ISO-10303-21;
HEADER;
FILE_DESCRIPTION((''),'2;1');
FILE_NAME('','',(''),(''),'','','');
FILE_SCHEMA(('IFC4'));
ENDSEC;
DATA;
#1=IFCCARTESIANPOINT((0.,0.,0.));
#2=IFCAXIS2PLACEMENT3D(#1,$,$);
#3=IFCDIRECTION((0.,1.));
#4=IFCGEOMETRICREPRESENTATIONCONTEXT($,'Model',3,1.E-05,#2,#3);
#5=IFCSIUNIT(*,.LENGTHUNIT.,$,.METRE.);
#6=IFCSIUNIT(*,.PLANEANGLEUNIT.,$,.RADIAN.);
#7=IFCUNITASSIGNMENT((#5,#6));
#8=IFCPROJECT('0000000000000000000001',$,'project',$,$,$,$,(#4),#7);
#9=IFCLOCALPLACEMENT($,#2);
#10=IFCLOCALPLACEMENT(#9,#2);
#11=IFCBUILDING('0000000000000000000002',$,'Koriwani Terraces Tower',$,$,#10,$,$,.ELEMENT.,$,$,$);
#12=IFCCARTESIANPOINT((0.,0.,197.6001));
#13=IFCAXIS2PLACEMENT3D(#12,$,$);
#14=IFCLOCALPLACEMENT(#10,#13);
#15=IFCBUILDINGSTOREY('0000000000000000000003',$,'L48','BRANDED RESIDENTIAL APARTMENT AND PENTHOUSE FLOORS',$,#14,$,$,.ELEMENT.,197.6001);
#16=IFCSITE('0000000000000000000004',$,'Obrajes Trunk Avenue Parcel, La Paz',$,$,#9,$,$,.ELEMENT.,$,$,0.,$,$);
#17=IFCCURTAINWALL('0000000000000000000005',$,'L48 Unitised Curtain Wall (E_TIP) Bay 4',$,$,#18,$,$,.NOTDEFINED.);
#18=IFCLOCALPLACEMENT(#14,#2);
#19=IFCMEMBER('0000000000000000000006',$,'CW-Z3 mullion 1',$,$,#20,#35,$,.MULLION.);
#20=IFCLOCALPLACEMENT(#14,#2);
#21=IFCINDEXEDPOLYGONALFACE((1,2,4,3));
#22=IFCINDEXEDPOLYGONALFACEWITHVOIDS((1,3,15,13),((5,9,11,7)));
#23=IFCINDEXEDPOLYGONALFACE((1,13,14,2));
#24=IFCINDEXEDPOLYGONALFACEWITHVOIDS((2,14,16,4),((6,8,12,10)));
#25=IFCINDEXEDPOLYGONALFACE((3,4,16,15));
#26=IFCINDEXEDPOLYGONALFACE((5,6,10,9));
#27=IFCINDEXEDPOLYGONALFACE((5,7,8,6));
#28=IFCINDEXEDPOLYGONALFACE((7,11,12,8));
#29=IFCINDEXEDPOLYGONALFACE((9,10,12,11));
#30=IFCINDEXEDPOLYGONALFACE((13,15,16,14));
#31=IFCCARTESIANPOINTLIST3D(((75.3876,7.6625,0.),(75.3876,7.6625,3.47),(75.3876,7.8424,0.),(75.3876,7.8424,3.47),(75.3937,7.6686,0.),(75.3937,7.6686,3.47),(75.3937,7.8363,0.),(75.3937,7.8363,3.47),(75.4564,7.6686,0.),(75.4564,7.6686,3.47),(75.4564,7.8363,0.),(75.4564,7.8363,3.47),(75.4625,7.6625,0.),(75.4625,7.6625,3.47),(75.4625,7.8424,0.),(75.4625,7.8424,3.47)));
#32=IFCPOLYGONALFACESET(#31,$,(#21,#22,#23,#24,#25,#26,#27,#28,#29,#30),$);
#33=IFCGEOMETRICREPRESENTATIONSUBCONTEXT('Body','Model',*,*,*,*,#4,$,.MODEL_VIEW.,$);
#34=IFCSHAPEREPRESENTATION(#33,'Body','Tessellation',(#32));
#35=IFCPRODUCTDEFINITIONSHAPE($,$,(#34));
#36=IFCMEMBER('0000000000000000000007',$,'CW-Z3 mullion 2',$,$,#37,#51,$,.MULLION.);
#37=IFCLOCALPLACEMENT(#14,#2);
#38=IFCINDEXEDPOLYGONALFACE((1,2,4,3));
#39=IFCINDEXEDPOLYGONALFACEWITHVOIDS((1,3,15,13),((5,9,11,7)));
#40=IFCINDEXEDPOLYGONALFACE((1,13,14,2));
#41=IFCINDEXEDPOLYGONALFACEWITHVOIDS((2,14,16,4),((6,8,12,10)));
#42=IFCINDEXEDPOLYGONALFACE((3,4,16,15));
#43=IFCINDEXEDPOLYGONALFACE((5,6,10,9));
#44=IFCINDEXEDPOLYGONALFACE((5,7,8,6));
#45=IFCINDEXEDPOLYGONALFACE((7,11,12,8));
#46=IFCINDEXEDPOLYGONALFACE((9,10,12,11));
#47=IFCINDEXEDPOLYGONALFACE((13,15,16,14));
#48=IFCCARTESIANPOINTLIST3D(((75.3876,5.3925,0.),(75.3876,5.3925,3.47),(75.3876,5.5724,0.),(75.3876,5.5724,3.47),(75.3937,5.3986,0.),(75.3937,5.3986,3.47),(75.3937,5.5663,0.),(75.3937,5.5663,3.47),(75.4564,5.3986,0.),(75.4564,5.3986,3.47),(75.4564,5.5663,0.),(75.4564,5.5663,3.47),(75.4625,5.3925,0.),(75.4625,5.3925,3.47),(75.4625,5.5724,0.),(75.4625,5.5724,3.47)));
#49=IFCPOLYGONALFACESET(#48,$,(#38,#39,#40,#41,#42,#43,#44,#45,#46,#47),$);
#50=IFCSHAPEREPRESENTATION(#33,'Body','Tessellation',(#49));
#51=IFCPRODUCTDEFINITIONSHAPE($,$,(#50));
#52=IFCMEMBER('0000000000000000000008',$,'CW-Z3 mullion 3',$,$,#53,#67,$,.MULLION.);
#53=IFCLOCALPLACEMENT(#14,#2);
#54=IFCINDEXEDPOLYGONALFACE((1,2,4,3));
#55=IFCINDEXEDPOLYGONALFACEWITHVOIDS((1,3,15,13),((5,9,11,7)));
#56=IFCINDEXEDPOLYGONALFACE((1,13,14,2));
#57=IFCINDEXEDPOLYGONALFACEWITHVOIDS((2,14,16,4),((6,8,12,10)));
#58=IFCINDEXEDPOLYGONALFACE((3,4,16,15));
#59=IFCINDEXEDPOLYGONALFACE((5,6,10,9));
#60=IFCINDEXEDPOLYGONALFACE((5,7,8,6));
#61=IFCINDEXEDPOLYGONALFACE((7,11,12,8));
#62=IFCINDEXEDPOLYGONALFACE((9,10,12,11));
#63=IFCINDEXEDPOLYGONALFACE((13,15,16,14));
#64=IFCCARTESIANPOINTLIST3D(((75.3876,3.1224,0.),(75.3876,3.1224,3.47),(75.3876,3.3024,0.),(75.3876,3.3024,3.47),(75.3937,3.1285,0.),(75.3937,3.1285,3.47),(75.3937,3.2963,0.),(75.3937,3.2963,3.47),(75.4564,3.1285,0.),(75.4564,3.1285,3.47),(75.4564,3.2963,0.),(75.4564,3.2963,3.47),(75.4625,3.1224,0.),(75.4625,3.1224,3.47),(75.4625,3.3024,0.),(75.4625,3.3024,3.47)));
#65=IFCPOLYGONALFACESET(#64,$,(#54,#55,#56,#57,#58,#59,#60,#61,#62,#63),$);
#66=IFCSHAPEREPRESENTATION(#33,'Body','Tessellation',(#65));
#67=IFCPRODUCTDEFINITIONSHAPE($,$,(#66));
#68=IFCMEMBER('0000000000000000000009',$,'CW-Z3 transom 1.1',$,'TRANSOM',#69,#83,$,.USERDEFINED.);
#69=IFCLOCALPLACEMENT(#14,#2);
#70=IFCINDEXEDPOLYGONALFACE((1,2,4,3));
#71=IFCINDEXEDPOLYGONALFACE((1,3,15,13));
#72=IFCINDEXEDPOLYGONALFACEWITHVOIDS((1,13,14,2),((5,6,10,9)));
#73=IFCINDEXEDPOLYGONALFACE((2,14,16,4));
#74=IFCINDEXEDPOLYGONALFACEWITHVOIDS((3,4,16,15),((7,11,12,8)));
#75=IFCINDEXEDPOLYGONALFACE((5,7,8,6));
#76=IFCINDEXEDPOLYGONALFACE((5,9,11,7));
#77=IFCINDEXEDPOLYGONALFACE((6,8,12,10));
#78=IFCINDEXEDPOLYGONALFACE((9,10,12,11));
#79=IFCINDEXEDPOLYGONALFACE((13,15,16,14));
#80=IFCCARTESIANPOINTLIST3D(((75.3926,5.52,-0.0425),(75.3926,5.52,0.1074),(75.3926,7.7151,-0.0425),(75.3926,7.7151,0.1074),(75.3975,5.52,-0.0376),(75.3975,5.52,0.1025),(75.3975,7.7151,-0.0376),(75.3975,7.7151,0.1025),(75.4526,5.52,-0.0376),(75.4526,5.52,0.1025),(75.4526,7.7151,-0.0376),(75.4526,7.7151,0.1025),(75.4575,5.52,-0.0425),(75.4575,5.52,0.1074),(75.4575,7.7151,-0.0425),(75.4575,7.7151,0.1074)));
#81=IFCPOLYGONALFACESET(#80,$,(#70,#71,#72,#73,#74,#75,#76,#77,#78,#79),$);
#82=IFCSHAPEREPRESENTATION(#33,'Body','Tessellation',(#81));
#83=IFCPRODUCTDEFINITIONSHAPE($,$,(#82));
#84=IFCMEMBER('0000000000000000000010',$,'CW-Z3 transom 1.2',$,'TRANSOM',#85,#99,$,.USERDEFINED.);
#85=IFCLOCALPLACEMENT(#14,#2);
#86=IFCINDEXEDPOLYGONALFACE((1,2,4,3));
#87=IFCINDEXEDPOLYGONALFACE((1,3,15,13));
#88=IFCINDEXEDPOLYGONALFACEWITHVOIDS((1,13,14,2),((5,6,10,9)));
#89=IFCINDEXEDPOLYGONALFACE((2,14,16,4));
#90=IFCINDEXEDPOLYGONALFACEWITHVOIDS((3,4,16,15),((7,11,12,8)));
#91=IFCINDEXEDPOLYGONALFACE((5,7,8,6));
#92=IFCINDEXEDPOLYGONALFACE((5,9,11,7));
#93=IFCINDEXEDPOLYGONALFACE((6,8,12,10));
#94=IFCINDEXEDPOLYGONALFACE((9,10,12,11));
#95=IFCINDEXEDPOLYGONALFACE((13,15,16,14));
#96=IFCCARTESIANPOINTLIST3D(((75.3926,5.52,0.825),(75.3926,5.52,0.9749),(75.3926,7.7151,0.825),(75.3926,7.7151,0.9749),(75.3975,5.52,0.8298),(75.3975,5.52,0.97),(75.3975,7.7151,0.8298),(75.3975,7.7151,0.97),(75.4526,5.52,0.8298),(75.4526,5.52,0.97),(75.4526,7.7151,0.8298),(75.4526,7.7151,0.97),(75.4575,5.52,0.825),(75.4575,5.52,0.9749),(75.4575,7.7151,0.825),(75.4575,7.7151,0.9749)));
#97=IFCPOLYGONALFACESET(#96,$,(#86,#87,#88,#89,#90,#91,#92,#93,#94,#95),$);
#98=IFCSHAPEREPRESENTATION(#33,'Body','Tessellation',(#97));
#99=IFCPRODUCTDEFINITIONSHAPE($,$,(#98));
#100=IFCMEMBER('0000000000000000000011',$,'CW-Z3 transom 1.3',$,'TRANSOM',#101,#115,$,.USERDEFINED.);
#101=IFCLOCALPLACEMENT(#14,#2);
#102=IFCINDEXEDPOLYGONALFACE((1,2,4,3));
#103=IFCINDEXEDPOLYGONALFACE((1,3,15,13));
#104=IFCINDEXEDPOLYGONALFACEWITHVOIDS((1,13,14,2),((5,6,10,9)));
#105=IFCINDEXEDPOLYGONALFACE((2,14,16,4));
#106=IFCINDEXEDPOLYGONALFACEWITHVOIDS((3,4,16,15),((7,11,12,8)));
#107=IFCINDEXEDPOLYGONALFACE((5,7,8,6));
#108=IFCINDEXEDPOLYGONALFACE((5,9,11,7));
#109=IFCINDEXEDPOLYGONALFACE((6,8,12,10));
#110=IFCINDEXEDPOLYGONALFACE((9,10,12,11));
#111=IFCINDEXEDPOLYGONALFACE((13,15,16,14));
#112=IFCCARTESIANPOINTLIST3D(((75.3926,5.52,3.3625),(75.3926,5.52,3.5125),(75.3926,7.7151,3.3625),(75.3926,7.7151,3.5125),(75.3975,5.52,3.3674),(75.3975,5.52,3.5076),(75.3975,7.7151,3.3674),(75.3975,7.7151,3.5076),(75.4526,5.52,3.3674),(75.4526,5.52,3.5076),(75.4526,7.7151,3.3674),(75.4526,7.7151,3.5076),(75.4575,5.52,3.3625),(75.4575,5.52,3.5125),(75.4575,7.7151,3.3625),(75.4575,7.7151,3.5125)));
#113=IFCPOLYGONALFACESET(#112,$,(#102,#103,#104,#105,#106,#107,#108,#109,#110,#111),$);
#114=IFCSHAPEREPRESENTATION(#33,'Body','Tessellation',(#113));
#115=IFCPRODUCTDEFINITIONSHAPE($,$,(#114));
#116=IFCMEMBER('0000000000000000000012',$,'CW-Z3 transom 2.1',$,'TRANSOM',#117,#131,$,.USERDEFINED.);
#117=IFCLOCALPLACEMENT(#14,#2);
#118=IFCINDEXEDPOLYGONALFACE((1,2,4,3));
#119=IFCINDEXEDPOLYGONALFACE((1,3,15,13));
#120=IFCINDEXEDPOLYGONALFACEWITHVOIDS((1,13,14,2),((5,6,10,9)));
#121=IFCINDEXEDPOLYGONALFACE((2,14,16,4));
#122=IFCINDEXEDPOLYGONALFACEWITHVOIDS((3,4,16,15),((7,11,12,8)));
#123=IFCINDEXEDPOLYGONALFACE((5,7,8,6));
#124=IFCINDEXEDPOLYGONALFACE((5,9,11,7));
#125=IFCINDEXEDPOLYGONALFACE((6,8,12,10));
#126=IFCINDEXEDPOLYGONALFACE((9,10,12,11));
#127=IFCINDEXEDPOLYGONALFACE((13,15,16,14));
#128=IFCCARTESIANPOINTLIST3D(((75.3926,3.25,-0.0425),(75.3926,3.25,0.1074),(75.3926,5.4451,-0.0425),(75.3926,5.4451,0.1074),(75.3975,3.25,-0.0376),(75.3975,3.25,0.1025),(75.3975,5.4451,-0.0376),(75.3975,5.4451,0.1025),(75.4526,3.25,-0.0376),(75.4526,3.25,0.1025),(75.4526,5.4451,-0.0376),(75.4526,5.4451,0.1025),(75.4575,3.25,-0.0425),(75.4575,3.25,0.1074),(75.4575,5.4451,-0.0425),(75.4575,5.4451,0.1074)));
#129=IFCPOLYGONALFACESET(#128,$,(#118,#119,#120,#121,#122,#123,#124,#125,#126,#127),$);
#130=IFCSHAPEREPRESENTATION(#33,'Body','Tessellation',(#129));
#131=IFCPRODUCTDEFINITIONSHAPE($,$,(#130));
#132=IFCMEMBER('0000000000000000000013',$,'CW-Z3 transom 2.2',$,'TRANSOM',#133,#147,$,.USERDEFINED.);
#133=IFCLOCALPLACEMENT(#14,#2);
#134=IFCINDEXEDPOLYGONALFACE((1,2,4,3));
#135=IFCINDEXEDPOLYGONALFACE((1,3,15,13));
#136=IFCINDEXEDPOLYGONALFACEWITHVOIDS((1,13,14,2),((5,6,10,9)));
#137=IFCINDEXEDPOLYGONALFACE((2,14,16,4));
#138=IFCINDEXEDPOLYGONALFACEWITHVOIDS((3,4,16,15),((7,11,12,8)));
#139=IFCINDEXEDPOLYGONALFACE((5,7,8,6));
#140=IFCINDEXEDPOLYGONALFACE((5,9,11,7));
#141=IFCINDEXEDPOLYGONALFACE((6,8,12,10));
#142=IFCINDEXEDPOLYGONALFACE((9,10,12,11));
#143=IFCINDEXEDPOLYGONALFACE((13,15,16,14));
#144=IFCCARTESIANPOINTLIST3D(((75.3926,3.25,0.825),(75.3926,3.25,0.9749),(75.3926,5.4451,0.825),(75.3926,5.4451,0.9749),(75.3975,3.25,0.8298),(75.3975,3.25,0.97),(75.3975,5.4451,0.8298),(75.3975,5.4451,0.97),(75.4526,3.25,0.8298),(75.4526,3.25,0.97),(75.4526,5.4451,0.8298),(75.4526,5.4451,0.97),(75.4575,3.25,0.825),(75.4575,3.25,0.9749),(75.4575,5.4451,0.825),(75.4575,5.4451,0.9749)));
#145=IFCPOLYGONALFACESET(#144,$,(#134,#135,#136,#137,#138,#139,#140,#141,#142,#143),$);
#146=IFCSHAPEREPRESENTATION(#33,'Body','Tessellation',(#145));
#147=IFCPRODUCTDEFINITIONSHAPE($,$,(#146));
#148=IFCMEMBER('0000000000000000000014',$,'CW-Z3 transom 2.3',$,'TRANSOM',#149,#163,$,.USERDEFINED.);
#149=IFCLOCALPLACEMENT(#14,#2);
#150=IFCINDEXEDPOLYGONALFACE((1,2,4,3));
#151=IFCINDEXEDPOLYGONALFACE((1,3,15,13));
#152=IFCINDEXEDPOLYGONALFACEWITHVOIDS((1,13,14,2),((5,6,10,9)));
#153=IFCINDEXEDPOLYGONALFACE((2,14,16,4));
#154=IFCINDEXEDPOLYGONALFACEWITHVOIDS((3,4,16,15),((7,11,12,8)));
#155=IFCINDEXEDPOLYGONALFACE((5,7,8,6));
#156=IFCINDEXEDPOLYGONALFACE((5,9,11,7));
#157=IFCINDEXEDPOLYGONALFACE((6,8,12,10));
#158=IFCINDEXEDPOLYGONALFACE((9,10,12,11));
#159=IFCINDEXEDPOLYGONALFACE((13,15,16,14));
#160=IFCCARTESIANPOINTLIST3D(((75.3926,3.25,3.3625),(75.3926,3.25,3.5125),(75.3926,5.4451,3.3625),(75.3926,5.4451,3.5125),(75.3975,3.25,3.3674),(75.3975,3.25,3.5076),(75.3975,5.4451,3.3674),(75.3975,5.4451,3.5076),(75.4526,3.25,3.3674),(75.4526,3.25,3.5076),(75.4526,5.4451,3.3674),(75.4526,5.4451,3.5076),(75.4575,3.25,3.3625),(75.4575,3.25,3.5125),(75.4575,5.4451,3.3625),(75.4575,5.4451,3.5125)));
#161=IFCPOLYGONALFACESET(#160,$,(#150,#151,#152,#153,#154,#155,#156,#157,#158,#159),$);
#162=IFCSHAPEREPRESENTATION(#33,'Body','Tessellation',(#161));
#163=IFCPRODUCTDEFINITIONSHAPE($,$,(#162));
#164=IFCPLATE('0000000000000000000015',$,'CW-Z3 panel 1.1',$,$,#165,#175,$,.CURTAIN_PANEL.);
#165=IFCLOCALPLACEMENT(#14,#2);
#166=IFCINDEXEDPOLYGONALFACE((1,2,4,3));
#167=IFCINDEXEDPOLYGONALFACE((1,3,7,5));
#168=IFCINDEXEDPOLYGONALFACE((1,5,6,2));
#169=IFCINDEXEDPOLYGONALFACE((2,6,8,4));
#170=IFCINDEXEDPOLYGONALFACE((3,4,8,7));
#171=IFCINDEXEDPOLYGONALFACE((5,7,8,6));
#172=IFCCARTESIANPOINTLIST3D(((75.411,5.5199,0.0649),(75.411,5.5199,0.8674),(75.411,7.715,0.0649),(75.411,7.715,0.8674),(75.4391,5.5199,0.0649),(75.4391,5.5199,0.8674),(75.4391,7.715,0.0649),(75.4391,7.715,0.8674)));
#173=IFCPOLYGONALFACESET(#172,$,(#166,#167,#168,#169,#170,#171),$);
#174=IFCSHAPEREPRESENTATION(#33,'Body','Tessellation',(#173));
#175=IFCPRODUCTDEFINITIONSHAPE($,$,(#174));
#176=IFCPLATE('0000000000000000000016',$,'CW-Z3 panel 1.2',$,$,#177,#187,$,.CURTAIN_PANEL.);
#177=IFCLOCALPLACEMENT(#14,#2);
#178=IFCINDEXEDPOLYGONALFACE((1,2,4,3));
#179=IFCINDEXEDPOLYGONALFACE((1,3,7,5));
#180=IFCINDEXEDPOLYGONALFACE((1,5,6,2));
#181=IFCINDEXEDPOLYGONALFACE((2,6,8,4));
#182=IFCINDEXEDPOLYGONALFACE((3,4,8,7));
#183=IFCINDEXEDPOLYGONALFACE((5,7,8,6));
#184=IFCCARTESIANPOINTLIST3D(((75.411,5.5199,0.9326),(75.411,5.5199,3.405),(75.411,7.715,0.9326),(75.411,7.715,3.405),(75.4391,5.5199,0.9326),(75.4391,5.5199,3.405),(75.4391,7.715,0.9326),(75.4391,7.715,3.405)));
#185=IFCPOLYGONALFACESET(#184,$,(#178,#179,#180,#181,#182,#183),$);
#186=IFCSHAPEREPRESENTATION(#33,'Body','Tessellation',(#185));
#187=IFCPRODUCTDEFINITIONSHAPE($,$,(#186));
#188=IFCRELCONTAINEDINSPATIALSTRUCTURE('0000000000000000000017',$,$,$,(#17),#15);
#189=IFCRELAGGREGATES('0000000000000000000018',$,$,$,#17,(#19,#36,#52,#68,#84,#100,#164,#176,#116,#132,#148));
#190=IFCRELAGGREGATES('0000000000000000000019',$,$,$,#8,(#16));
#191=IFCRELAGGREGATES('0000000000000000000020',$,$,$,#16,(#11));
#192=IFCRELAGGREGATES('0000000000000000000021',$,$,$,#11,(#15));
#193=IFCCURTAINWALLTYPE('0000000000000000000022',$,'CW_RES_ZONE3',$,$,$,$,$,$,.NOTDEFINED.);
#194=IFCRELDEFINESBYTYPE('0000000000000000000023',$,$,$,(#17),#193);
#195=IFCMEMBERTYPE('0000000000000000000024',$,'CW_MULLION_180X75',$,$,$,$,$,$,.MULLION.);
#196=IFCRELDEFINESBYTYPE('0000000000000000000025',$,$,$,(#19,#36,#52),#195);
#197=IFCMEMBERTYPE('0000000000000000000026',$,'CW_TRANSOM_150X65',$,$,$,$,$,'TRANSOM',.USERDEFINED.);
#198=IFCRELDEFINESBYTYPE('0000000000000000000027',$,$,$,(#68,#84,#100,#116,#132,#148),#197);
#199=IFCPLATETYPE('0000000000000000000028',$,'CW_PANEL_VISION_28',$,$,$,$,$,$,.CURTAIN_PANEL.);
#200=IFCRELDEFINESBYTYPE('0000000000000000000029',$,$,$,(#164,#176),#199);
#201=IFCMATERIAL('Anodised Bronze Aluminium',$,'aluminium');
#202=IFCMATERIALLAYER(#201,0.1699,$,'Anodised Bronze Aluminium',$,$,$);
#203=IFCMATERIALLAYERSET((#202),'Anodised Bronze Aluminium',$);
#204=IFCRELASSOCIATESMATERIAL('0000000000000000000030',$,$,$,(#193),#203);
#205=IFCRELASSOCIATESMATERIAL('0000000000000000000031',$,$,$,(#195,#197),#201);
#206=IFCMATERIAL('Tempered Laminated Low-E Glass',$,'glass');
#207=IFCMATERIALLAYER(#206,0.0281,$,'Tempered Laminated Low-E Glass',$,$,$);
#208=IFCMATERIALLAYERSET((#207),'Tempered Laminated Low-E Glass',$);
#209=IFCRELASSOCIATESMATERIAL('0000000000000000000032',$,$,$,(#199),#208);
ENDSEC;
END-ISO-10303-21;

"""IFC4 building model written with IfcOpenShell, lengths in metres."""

from ifc_helpers import new_model, si_unit, direction, frame, origin, origin_2d, place, context, subcontext, project, spatial, rectangle, hollow_rectangle, extrude, material, layer, layer_set, material_profile, profile_set, type_object, element, aggregate, save


model = new_model("IFC4")

# Units and contexts
model_context = context("Model", 3, precision=1e-05, world=origin(), true_north=direction((0.0, 1.0)))
body_context = subcontext(model_context, "Body", "Model", "MODEL_VIEW")
ifc_project = project(units=[si_unit("LENGTHUNIT", "METRE"), si_unit("PLANEANGLEUNIT", "RADIAN")], contexts=[model_context])

# Site, building, storey
site_placement = place(None, origin())
site = spatial("IfcSite", under=ifc_project, at=site_placement, Name="Obrajes Trunk Avenue Parcel, La Paz", CompositionType="ELEMENT", RefElevation=0.0)
building_placement = place(site_placement, origin())
building = spatial("IfcBuilding", under=site, at=building_placement, Name="Koriwani Terraces Tower", CompositionType="ELEMENT")
storey_placement = place(building_placement, frame((0.0, 0.0, 197.6001)))
storey = spatial("IfcBuildingStorey", under=building, at=storey_placement, Name="L48", Description="BRANDED RESIDENTIAL APARTMENT AND PENTHOUSE FLOORS", CompositionType="ELEMENT", Elevation=197.6001)

# Curtain wall, members, plates
ifc_material_1 = material(Name="Anodised Bronze Aluminium", Category="aluminium")
ifc_layer_1 = layer(ifc_material_1, 0.1699, Name="Anodised Bronze Aluminium")
ifc_layer_set_1 = layer_set([ifc_layer_1], Name="Anodised Bronze Aluminium")
curtain_wall_type = type_object("IfcCurtainWallType", Name="CW_RES_ZONE3", PredefinedType="NOTDEFINED", material=ifc_layer_set_1)
curtain_wall_placement = place(storey_placement, origin())
curtain_wall = element("IfcCurtainWall", 1, at=curtain_wall_placement, inside=storey, type_object=curtain_wall_type, Name="L48 Unitised Curtain Wall (E_TIP) Bay 4", PredefinedType="NOTDEFINED")
ifc_material_profile_1 = material_profile(ifc_material_1, hollow_rectangle(XDim=0.075, YDim=0.1799, WallThickness=0.0061, at=origin_2d()), Name="Anodised Bronze Aluminium", Category="LoadBearing")
ifc_profile_set_1 = profile_set([ifc_material_profile_1], Name="Anodised Bronze Aluminium")
member_type_1 = type_object("IfcMemberType", Name="CW_MULLION_180X75", PredefinedType="MULLION", material=ifc_profile_set_1)
member_1_placement = place(storey_placement, frame((75.425, 7.7524, 0.0), z_axis=(0.0, 0.0, 1.0), x_axis=(1.0, 0.0, 0.0)))
member_1 = element("IfcMember", 2, at=member_1_placement, type_object=member_type_1, Name="CW-Z3 mullion 1", PredefinedType="MULLION", context=body_context, shape_type="SweptSolid", body=[
    extrude(hollow_rectangle(XDim=0.075, YDim=0.1799, WallThickness=0.0061, at=origin_2d()), origin(), (0.0, 0.0, 1.0), 3.47),
])
member_2_placement = place(storey_placement, frame((75.425, 5.4824, 0.0), z_axis=(0.0, 0.0, 1.0), x_axis=(1.0, 0.0, 0.0)))
member_2 = element("IfcMember", 3, at=member_2_placement, type_object=member_type_1, Name="CW-Z3 mullion 2", PredefinedType="MULLION", context=body_context, shape_type="SweptSolid", body=[
    extrude(hollow_rectangle(XDim=0.075, YDim=0.1799, WallThickness=0.0061, at=origin_2d()), origin(), (0.0, 0.0, 1.0), 3.47),
])
member_3_placement = place(storey_placement, frame((75.425, 3.2124, 0.0), z_axis=(0.0, 0.0, 1.0), x_axis=(1.0, 0.0, 0.0)))
member_3 = element("IfcMember", 4, at=member_3_placement, type_object=member_type_1, Name="CW-Z3 mullion 3", PredefinedType="MULLION", context=body_context, shape_type="SweptSolid", body=[
    extrude(hollow_rectangle(XDim=0.075, YDim=0.1799, WallThickness=0.0061, at=origin_2d()), origin(), (0.0, 0.0, 1.0), 3.47),
])
ifc_material_profile_2 = material_profile(ifc_material_1, hollow_rectangle(XDim=0.0649, YDim=0.1499, WallThickness=0.0049, at=origin_2d()), Name="Anodised Bronze Aluminium", Category="LoadBearing")
ifc_profile_set_2 = profile_set([ifc_material_profile_2], Name="Anodised Bronze Aluminium")
member_type_2 = type_object("IfcMemberType", Name="CW_TRANSOM_150X65", ElementType="TRANSOM", PredefinedType="USERDEFINED", material=ifc_profile_set_2)
member_4_placement = place(storey_placement, frame((75.425, 7.7151, 0.0325), z_axis=(0.0, -1.0, 0.0), x_axis=(1.0, 0.0, 0.0)))
member_4 = element("IfcMember", 5, at=member_4_placement, type_object=member_type_2, Name="CW-Z3 transom 1.1", ObjectType="TRANSOM", PredefinedType="USERDEFINED", context=body_context, shape_type="SweptSolid", body=[
    extrude(hollow_rectangle(XDim=0.0649, YDim=0.1499, WallThickness=0.0049, at=origin_2d()), origin(), (0.0, 0.0, 1.0), 2.1951),
])
member_5_placement = place(storey_placement, frame((75.425, 7.7151, 0.8999), z_axis=(0.0, -1.0, 0.0), x_axis=(1.0, 0.0, 0.0)))
member_5 = element("IfcMember", 6, at=member_5_placement, type_object=member_type_2, Name="CW-Z3 transom 1.2", ObjectType="TRANSOM", PredefinedType="USERDEFINED", context=body_context, shape_type="SweptSolid", body=[
    extrude(hollow_rectangle(XDim=0.0649, YDim=0.1499, WallThickness=0.0049, at=origin_2d()), origin(), (0.0, 0.0, 1.0), 2.1951),
])
member_6_placement = place(storey_placement, frame((75.425, 7.7151, 3.4375), z_axis=(0.0, -1.0, 0.0), x_axis=(1.0, 0.0, 0.0)))
member_6 = element("IfcMember", 7, at=member_6_placement, type_object=member_type_2, Name="CW-Z3 transom 1.3", ObjectType="TRANSOM", PredefinedType="USERDEFINED", context=body_context, shape_type="SweptSolid", body=[
    extrude(hollow_rectangle(XDim=0.0649, YDim=0.1499, WallThickness=0.0049, at=origin_2d()), origin(), (0.0, 0.0, 1.0), 2.1951),
])
member_7_placement = place(storey_placement, frame((75.425, 5.4451, 0.0325), z_axis=(0.0, -1.0, 0.0), x_axis=(1.0, 0.0, 0.0)))
member_7 = element("IfcMember", 8, at=member_7_placement, type_object=member_type_2, Name="CW-Z3 transom 2.1", ObjectType="TRANSOM", PredefinedType="USERDEFINED", context=body_context, shape_type="SweptSolid", body=[
    extrude(hollow_rectangle(XDim=0.0649, YDim=0.1499, WallThickness=0.0049, at=origin_2d()), origin(), (0.0, 0.0, 1.0), 2.1951),
])
member_8_placement = place(storey_placement, frame((75.425, 5.4451, 0.8999), z_axis=(0.0, -1.0, 0.0), x_axis=(1.0, 0.0, 0.0)))
member_8 = element("IfcMember", 9, at=member_8_placement, type_object=member_type_2, Name="CW-Z3 transom 2.2", ObjectType="TRANSOM", PredefinedType="USERDEFINED", context=body_context, shape_type="SweptSolid", body=[
    extrude(hollow_rectangle(XDim=0.0649, YDim=0.1499, WallThickness=0.0049, at=origin_2d()), origin(), (0.0, 0.0, 1.0), 2.1951),
])
member_9_placement = place(storey_placement, frame((75.425, 5.4451, 3.4375), z_axis=(0.0, -1.0, 0.0), x_axis=(1.0, 0.0, 0.0)))
member_9 = element("IfcMember", 10, at=member_9_placement, type_object=member_type_2, Name="CW-Z3 transom 2.3", ObjectType="TRANSOM", PredefinedType="USERDEFINED", context=body_context, shape_type="SweptSolid", body=[
    extrude(hollow_rectangle(XDim=0.0649, YDim=0.1499, WallThickness=0.0049, at=origin_2d()), origin(), (0.0, 0.0, 1.0), 2.1951),
])
ifc_material_2 = material(Name="Tempered Laminated Low-E Glass", Category="glass")
ifc_layer_2 = layer(ifc_material_2, 0.0281, Name="Tempered Laminated Low-E Glass")
ifc_layer_set_2 = layer_set([ifc_layer_2], Name="Tempered Laminated Low-E Glass")
plate_type = type_object("IfcPlateType", Name="CW_PANEL_VISION_28", PredefinedType="CURTAIN_PANEL", material=ifc_layer_set_2)
plate_1_placement = place(storey_placement, frame((75.425, 6.6174, 0.0649), z_axis=(0.0, 0.0, 1.0), x_axis=(0.0, -1.0, 0.0)))
plate_1 = element("IfcPlate", 11, at=plate_1_placement, type_object=plate_type, Name="CW-Z3 panel 1.1", PredefinedType="CURTAIN_PANEL", context=body_context, shape_type="SweptSolid", body=[
    extrude(rectangle(XDim=2.1951, YDim=0.0281, at=origin_2d()), origin(), (0.0, 0.0, 1.0), 0.8025),
])
plate_2_placement = place(storey_placement, frame((75.425, 6.6174, 0.9326), z_axis=(0.0, 0.0, 1.0), x_axis=(0.0, -1.0, 0.0)))
plate_2 = element("IfcPlate", 12, at=plate_2_placement, type_object=plate_type, Name="CW-Z3 panel 1.2", PredefinedType="CURTAIN_PANEL", context=body_context, shape_type="SweptSolid", body=[
    extrude(rectangle(XDim=2.1951, YDim=0.0281, at=origin_2d()), origin(), (0.0, 0.0, 1.0), 2.4724),
])
aggregate(curtain_wall, [member_1, member_2, member_3, member_4, member_5, member_6, plate_1, plate_2, member_7, member_8, member_9])

save(model, "model.ifc")
